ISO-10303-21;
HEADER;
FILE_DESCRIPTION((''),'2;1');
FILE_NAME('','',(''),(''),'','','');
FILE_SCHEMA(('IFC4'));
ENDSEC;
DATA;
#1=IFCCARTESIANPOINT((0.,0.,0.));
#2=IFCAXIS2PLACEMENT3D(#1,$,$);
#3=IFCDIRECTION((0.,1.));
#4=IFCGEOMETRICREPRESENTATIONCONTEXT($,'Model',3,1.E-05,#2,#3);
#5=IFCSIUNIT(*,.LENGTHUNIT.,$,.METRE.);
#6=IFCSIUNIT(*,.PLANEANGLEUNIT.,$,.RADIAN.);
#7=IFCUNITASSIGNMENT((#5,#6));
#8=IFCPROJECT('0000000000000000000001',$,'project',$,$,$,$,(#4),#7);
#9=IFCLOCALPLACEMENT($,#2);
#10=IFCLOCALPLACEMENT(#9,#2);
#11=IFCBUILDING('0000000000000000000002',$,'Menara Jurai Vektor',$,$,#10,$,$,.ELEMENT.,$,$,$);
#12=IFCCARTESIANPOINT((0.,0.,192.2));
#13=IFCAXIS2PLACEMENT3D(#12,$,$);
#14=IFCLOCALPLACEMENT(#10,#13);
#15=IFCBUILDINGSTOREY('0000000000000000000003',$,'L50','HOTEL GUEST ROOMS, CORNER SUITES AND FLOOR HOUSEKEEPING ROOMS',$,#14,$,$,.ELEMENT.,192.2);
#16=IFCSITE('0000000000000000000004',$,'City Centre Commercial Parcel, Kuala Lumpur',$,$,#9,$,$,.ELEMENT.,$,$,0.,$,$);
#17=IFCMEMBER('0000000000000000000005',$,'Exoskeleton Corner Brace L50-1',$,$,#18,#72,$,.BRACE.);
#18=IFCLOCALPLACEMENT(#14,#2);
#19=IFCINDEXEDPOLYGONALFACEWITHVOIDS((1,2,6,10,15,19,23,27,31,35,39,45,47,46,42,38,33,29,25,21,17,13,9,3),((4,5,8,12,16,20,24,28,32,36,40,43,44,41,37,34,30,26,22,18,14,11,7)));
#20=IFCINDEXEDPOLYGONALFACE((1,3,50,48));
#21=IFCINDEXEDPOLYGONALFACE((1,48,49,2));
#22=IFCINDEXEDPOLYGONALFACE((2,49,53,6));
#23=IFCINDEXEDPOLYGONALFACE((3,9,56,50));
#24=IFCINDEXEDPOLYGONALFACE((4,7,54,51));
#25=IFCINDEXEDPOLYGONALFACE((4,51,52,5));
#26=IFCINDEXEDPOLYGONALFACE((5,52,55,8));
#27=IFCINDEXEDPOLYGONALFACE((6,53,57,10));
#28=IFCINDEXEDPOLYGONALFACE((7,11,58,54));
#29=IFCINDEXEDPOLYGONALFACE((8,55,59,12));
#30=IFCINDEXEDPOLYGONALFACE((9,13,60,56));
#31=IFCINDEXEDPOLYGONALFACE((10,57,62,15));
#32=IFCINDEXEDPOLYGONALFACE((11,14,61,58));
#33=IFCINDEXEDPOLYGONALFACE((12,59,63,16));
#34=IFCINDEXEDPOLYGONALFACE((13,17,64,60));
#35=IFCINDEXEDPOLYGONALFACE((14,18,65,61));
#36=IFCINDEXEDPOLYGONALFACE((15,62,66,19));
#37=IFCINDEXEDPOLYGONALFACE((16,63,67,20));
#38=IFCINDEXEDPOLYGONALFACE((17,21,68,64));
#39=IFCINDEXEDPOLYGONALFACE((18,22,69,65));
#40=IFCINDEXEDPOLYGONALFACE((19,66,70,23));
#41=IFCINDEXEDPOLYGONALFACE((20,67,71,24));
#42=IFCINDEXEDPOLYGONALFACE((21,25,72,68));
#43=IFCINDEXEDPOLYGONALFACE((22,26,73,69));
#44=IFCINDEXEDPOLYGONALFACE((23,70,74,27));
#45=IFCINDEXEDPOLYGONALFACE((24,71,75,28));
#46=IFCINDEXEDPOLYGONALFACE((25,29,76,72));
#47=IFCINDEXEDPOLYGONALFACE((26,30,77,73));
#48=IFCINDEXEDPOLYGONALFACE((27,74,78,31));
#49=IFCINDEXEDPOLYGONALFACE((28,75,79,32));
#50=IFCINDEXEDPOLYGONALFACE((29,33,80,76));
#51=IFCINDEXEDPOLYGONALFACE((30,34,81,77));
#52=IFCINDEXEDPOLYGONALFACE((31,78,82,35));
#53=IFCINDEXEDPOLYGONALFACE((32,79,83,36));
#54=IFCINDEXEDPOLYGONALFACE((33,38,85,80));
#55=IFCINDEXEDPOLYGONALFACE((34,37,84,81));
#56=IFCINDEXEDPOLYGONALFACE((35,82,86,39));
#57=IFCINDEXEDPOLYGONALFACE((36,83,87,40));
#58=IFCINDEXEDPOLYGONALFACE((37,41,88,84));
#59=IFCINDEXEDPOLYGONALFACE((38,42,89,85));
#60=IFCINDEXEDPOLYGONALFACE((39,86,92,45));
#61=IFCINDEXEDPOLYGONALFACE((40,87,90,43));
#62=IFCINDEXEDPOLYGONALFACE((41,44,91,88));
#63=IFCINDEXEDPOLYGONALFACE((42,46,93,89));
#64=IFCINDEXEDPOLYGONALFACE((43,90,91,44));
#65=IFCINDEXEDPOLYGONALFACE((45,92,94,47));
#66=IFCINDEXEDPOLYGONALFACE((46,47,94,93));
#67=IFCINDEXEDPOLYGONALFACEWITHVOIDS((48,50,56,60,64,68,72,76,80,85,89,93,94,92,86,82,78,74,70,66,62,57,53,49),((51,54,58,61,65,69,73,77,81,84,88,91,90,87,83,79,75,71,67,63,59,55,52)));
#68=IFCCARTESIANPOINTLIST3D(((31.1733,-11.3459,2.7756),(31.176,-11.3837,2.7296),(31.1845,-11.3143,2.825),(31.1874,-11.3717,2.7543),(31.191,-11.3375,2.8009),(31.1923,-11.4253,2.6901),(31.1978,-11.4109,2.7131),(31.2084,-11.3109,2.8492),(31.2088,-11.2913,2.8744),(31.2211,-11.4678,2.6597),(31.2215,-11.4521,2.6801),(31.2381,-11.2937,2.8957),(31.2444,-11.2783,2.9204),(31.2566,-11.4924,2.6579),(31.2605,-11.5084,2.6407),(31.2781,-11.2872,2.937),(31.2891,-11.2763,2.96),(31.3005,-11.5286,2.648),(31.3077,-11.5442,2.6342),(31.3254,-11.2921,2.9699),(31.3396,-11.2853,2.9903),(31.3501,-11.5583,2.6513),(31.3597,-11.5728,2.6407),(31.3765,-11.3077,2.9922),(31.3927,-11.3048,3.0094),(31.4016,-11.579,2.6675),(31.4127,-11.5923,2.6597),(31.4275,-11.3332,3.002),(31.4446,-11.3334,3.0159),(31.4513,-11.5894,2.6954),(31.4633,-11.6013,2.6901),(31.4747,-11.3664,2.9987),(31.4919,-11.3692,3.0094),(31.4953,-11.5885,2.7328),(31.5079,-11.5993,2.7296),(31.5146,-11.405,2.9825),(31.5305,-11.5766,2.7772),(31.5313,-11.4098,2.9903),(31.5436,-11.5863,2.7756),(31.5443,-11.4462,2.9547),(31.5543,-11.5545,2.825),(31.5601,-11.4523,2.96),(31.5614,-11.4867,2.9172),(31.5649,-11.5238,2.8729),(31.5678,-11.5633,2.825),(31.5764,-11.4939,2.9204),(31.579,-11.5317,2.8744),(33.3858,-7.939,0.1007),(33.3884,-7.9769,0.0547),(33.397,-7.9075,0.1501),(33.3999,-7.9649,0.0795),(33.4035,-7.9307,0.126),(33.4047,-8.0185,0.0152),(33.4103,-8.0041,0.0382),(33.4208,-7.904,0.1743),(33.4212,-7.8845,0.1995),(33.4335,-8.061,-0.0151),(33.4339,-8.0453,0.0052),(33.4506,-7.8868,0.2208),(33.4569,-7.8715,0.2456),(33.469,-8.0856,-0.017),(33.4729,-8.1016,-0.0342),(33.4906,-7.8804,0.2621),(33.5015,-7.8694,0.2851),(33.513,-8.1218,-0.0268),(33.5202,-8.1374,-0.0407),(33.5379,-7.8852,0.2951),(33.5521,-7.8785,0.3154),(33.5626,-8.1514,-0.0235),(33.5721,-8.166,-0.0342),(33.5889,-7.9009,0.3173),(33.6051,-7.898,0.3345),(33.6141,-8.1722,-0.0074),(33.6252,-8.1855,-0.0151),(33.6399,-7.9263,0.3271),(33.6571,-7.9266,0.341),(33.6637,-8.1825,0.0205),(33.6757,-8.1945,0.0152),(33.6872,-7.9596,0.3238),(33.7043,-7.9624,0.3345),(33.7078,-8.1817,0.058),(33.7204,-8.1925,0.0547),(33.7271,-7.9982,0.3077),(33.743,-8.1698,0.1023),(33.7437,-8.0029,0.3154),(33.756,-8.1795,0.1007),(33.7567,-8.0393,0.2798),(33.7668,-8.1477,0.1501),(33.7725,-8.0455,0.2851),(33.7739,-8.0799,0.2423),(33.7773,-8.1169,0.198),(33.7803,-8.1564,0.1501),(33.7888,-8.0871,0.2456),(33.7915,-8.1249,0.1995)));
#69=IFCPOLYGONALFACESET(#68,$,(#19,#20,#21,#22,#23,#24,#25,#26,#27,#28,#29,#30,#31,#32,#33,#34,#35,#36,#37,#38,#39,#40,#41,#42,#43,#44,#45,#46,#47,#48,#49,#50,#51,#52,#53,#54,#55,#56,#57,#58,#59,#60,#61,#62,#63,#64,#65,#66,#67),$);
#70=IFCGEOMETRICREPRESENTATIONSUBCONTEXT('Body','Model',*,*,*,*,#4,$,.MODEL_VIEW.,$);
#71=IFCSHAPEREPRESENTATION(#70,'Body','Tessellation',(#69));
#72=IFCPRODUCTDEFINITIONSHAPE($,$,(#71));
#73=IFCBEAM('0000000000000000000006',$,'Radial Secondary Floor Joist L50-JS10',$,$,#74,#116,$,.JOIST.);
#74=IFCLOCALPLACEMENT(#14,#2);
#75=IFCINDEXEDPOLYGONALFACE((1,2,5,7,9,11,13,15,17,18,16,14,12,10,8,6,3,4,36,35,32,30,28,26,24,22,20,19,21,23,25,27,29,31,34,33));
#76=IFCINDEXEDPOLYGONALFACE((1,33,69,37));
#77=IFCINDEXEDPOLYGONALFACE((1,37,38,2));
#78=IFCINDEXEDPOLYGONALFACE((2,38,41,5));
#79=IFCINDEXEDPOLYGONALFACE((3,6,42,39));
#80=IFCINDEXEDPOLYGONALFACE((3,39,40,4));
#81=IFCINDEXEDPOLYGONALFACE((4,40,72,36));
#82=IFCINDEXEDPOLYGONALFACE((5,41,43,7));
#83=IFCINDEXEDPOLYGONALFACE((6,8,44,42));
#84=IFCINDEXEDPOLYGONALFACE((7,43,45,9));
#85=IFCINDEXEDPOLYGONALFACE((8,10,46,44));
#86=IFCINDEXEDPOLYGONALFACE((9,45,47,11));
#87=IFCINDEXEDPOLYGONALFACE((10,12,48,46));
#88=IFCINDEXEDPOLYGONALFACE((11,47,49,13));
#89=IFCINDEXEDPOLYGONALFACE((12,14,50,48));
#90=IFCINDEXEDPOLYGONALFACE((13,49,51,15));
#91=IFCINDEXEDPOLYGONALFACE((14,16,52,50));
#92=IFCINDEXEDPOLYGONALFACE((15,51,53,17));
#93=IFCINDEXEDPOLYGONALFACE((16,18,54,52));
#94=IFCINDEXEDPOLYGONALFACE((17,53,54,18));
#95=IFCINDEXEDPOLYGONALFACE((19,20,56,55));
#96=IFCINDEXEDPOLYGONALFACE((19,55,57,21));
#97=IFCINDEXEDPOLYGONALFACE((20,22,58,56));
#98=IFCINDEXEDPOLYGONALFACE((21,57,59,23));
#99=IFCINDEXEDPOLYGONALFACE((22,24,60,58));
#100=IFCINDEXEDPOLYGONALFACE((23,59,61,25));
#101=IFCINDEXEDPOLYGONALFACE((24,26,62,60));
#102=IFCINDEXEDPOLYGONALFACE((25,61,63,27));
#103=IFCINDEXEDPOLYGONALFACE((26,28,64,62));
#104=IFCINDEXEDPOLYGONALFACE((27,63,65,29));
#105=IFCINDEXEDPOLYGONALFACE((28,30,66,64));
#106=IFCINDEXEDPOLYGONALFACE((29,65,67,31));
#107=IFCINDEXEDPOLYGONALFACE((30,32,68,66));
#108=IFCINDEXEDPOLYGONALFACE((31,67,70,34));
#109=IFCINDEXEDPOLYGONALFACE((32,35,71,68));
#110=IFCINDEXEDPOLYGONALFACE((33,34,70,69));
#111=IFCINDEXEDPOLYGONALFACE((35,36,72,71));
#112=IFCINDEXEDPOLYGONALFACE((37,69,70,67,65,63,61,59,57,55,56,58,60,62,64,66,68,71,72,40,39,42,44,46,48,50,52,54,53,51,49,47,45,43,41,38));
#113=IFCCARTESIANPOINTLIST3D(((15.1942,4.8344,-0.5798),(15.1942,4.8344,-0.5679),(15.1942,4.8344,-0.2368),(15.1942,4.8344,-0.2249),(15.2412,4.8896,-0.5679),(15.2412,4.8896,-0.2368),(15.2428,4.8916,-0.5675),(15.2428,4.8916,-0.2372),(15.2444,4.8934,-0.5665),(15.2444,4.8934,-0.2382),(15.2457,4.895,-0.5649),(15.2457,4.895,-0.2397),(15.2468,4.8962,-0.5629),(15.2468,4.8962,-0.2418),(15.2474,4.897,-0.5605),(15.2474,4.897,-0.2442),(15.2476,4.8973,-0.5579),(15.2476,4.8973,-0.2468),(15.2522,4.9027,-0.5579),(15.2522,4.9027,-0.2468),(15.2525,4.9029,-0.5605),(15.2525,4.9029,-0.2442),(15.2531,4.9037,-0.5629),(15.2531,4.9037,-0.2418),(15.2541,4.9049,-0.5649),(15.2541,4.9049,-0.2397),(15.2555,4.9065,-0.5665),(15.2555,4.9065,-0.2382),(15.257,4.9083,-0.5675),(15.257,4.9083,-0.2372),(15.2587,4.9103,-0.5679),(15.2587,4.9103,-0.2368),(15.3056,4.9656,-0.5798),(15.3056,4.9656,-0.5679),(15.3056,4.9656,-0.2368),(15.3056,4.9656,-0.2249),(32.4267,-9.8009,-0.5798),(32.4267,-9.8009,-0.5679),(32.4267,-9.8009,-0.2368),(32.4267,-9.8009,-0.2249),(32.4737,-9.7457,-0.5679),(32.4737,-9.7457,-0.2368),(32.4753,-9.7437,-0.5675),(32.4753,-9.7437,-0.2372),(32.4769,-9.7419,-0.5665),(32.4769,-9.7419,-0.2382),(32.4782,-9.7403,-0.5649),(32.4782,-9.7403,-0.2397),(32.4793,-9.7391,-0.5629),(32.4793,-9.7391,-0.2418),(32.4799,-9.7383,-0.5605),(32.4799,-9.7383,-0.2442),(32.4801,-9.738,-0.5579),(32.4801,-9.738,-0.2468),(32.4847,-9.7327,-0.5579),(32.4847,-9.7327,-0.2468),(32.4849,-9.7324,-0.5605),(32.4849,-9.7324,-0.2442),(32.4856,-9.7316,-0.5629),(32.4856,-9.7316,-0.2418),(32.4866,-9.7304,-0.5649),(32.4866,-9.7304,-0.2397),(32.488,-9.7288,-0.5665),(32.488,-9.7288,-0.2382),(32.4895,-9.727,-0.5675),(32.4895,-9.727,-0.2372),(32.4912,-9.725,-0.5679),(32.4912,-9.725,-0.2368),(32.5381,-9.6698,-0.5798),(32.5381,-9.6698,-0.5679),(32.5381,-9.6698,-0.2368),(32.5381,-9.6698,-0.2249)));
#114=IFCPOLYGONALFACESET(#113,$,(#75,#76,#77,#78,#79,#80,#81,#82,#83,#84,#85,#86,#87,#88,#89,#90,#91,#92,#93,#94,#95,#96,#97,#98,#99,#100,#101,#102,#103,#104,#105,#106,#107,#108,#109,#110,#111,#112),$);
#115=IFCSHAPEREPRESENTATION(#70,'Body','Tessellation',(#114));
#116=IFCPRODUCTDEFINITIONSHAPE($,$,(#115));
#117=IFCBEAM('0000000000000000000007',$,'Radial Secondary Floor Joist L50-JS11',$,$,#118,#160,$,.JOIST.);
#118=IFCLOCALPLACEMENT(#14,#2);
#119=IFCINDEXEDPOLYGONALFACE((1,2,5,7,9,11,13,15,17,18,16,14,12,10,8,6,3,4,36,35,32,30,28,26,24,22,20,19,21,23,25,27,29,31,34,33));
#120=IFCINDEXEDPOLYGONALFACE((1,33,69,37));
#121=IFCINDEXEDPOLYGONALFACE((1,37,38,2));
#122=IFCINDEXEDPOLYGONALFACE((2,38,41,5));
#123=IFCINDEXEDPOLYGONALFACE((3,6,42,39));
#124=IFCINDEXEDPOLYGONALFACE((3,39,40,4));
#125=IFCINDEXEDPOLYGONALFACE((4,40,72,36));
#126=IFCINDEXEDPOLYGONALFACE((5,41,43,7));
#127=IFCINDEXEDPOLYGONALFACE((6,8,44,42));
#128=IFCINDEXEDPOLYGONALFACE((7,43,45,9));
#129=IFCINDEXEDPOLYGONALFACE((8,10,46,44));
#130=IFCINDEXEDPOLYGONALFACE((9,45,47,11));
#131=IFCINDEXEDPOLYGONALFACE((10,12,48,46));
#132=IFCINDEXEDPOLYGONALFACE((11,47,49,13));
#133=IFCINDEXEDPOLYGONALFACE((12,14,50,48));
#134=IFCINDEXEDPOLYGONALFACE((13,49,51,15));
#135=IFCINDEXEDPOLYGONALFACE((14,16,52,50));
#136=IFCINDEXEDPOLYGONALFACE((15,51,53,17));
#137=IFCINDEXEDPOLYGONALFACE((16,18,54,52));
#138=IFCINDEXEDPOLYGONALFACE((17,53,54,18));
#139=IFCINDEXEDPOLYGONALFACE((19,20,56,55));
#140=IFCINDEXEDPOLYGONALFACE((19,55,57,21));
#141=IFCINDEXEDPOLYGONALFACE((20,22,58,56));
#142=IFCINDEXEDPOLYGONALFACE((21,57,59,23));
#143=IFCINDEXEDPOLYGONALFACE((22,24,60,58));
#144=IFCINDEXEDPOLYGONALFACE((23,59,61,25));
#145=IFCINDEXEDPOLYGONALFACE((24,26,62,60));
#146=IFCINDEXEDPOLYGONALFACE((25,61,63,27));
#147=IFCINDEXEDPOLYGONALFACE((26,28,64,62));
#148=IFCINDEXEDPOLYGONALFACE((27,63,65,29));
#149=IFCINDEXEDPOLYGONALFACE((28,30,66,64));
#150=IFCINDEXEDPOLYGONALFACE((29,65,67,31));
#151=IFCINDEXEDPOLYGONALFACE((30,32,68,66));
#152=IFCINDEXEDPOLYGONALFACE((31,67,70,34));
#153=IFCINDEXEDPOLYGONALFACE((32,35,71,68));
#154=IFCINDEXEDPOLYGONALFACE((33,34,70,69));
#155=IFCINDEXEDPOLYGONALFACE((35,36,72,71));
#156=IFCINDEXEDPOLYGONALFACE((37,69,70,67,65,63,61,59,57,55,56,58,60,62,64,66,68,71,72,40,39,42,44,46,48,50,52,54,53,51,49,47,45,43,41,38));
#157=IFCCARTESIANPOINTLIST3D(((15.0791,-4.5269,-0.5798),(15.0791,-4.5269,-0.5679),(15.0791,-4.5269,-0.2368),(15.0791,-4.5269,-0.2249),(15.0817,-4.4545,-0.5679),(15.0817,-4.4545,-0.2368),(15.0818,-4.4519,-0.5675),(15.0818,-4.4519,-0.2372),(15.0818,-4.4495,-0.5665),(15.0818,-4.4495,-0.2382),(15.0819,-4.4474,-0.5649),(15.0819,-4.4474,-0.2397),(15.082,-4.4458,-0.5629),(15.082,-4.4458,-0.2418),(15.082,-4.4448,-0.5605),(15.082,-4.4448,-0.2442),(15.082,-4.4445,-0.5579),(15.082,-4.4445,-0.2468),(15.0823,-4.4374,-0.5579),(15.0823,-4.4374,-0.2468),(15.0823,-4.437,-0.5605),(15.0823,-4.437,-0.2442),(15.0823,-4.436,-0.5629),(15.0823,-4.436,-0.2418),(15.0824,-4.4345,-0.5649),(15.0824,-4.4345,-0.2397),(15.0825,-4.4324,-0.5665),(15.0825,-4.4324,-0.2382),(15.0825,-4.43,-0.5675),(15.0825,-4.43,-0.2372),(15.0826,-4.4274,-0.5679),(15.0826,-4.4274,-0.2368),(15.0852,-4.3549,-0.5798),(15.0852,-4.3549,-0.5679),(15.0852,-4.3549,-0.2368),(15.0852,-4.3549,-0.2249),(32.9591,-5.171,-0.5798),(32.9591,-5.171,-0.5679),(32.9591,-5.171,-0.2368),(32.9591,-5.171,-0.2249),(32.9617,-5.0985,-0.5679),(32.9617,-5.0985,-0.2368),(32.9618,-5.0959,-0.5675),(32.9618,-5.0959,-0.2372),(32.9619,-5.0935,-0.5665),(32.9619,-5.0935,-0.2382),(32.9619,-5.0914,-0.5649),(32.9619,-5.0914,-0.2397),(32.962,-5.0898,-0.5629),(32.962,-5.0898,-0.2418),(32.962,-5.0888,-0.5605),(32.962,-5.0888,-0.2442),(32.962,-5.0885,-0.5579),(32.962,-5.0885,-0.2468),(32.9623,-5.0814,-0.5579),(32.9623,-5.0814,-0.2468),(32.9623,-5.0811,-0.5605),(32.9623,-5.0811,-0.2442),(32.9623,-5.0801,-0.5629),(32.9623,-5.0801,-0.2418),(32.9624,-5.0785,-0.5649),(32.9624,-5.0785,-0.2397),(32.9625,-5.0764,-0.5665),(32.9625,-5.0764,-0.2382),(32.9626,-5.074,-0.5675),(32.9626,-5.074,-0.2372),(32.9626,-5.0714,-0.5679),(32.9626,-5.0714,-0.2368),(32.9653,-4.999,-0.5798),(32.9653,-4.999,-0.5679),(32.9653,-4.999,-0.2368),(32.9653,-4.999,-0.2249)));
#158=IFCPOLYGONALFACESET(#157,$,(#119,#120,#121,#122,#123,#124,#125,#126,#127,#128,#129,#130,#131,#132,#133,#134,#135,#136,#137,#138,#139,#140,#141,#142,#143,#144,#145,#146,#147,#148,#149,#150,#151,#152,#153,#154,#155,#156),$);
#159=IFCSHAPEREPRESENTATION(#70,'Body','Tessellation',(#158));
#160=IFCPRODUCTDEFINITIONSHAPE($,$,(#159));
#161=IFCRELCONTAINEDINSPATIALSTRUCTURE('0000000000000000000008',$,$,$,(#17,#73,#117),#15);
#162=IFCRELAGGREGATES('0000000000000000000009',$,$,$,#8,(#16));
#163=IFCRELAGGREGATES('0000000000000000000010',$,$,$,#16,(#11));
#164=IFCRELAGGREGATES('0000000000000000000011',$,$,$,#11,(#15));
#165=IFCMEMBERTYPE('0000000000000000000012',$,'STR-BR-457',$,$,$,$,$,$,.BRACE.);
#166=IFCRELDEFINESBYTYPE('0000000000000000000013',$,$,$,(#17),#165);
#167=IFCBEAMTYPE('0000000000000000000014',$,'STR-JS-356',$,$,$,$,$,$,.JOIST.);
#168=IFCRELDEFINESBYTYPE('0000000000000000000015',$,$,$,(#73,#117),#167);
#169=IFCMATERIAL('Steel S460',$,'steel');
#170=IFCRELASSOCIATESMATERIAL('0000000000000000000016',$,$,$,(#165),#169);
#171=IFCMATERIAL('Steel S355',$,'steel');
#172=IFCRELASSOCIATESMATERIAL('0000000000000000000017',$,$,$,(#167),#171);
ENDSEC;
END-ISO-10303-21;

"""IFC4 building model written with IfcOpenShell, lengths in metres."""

from ifc_helpers import new_model, si_unit, direction, frame, origin, origin_2d, place, context, subcontext, project, spatial, hollow_circle, i_section, extrude, material, material_profile, profile_set, type_object, element, save


model = new_model("IFC4")

# Units and contexts
model_context = context("Model", 3, precision=1e-05, world=origin(), true_north=direction((0.0, 1.0)))
body_context = subcontext(model_context, "Body", "Model", "MODEL_VIEW")
ifc_project = project(units=[si_unit("LENGTHUNIT", "METRE"), si_unit("PLANEANGLEUNIT", "RADIAN")], contexts=[model_context])

# Site, building, storey
site_placement = place(None, origin())
site = spatial("IfcSite", under=ifc_project, at=site_placement, Name="City Centre Commercial Parcel, Kuala Lumpur", CompositionType="ELEMENT", RefElevation=0.0)
building_placement = place(site_placement, origin())
building = spatial("IfcBuilding", under=site, at=building_placement, Name="Menara Jurai Vektor", CompositionType="ELEMENT")
storey_placement = place(building_placement, frame((0.0, 0.0, 192.2)))
storey = spatial("IfcBuildingStorey", under=building, at=storey_placement, Name="L50", Description="HOTEL GUEST ROOMS, CORNER SUITES AND FLOOR HOUSEKEEPING ROOMS", CompositionType="ELEMENT", Elevation=192.2)

# Shared definitions
ifc_material_1 = material(Name="Steel S460", Category="steel")

# Shared definitions
ifc_material_2 = material(Name="Steel S355", Category="steel")

# Member
ifc_material_profile_1 = material_profile(ifc_material_1, hollow_circle(Radius=0.2285, WallThickness=0.0161, at=origin_2d()), Name="CHS 457x16")
ifc_profile_set_1 = profile_set([ifc_material_profile_1], Name="Steel S460")
member_type_1 = type_object("IfcMemberType", Name="STR-BR-457", PredefinedType="BRACE", material=ifc_profile_set_1)
member_1_placement = place(storey_placement, frame((33.5886, -8.032, 0.1501), z_axis=(-0.454884, -0.700448, 0.549957), x_axis=(0.838666, -0.544646, 0.0)))
element("IfcMember", 1, at=member_1_placement, inside=storey, type_object=member_type_1, Name="Exoskeleton Corner Brace L50-1", PredefinedType="BRACE", context=body_context, shape_type="SweptSolid", body=[
    extrude(hollow_circle(Radius=0.2285, WallThickness=0.0161, at=origin_2d()), origin(), (0.0, 0.0, 1.0), 4.8638),
])

# Beams
ifc_material_profile_2 = material_profile(ifc_material_2, i_section(OverallWidth=0.1721, OverallDepth=0.355, WebThickness=0.0071, FlangeThickness=0.012, FilletRadius=0.01, at=origin_2d()), Name="UKB 356x171x51")
ifc_profile_set_2 = profile_set([ifc_material_profile_2], Name="Steel S355")
beam_type_1 = type_object("IfcBeamType", Name="STR-JS-356", PredefinedType="JOIST", material=ifc_profile_set_2)
beam_1_placement = place(storey_placement, frame((32.4824, -9.7354, -0.4023), z_axis=(-0.762208, 0.647332, 0.0), x_axis=(-0.647332, -0.762208, 0.0)))
element("IfcBeam", 2, at=beam_1_placement, inside=storey, type_object=beam_type_1, Name="Radial Secondary Floor Joist L50-JS10", PredefinedType="JOIST", context=body_context, shape_type="SweptSolid", body=[
    extrude(i_section(OverallWidth=0.1721, OverallDepth=0.355, WebThickness=0.0071, FlangeThickness=0.012, FilletRadius=0.01, at=origin_2d()), origin(), (0.0, 0.0, 1.0), 22.6086),
])
beam_2_placement = place(storey_placement, frame((32.9622, -5.085, -0.4023), z_axis=(-0.999352, 0.035997, 0.0), x_axis=(-0.035997, -0.999352, 0.0)))
element("IfcBeam", 3, at=beam_2_placement, inside=storey, type_object=beam_type_1, Name="Radial Secondary Floor Joist L50-JS11", PredefinedType="JOIST", context=body_context, shape_type="SweptSolid", body=[
    extrude(i_section(OverallWidth=0.1721, OverallDepth=0.355, WebThickness=0.0071, FlangeThickness=0.012, FilletRadius=0.01, at=origin_2d()), origin(), (0.0, 0.0, 1.0), 17.8916),
])

save(model, "model.ifc")
